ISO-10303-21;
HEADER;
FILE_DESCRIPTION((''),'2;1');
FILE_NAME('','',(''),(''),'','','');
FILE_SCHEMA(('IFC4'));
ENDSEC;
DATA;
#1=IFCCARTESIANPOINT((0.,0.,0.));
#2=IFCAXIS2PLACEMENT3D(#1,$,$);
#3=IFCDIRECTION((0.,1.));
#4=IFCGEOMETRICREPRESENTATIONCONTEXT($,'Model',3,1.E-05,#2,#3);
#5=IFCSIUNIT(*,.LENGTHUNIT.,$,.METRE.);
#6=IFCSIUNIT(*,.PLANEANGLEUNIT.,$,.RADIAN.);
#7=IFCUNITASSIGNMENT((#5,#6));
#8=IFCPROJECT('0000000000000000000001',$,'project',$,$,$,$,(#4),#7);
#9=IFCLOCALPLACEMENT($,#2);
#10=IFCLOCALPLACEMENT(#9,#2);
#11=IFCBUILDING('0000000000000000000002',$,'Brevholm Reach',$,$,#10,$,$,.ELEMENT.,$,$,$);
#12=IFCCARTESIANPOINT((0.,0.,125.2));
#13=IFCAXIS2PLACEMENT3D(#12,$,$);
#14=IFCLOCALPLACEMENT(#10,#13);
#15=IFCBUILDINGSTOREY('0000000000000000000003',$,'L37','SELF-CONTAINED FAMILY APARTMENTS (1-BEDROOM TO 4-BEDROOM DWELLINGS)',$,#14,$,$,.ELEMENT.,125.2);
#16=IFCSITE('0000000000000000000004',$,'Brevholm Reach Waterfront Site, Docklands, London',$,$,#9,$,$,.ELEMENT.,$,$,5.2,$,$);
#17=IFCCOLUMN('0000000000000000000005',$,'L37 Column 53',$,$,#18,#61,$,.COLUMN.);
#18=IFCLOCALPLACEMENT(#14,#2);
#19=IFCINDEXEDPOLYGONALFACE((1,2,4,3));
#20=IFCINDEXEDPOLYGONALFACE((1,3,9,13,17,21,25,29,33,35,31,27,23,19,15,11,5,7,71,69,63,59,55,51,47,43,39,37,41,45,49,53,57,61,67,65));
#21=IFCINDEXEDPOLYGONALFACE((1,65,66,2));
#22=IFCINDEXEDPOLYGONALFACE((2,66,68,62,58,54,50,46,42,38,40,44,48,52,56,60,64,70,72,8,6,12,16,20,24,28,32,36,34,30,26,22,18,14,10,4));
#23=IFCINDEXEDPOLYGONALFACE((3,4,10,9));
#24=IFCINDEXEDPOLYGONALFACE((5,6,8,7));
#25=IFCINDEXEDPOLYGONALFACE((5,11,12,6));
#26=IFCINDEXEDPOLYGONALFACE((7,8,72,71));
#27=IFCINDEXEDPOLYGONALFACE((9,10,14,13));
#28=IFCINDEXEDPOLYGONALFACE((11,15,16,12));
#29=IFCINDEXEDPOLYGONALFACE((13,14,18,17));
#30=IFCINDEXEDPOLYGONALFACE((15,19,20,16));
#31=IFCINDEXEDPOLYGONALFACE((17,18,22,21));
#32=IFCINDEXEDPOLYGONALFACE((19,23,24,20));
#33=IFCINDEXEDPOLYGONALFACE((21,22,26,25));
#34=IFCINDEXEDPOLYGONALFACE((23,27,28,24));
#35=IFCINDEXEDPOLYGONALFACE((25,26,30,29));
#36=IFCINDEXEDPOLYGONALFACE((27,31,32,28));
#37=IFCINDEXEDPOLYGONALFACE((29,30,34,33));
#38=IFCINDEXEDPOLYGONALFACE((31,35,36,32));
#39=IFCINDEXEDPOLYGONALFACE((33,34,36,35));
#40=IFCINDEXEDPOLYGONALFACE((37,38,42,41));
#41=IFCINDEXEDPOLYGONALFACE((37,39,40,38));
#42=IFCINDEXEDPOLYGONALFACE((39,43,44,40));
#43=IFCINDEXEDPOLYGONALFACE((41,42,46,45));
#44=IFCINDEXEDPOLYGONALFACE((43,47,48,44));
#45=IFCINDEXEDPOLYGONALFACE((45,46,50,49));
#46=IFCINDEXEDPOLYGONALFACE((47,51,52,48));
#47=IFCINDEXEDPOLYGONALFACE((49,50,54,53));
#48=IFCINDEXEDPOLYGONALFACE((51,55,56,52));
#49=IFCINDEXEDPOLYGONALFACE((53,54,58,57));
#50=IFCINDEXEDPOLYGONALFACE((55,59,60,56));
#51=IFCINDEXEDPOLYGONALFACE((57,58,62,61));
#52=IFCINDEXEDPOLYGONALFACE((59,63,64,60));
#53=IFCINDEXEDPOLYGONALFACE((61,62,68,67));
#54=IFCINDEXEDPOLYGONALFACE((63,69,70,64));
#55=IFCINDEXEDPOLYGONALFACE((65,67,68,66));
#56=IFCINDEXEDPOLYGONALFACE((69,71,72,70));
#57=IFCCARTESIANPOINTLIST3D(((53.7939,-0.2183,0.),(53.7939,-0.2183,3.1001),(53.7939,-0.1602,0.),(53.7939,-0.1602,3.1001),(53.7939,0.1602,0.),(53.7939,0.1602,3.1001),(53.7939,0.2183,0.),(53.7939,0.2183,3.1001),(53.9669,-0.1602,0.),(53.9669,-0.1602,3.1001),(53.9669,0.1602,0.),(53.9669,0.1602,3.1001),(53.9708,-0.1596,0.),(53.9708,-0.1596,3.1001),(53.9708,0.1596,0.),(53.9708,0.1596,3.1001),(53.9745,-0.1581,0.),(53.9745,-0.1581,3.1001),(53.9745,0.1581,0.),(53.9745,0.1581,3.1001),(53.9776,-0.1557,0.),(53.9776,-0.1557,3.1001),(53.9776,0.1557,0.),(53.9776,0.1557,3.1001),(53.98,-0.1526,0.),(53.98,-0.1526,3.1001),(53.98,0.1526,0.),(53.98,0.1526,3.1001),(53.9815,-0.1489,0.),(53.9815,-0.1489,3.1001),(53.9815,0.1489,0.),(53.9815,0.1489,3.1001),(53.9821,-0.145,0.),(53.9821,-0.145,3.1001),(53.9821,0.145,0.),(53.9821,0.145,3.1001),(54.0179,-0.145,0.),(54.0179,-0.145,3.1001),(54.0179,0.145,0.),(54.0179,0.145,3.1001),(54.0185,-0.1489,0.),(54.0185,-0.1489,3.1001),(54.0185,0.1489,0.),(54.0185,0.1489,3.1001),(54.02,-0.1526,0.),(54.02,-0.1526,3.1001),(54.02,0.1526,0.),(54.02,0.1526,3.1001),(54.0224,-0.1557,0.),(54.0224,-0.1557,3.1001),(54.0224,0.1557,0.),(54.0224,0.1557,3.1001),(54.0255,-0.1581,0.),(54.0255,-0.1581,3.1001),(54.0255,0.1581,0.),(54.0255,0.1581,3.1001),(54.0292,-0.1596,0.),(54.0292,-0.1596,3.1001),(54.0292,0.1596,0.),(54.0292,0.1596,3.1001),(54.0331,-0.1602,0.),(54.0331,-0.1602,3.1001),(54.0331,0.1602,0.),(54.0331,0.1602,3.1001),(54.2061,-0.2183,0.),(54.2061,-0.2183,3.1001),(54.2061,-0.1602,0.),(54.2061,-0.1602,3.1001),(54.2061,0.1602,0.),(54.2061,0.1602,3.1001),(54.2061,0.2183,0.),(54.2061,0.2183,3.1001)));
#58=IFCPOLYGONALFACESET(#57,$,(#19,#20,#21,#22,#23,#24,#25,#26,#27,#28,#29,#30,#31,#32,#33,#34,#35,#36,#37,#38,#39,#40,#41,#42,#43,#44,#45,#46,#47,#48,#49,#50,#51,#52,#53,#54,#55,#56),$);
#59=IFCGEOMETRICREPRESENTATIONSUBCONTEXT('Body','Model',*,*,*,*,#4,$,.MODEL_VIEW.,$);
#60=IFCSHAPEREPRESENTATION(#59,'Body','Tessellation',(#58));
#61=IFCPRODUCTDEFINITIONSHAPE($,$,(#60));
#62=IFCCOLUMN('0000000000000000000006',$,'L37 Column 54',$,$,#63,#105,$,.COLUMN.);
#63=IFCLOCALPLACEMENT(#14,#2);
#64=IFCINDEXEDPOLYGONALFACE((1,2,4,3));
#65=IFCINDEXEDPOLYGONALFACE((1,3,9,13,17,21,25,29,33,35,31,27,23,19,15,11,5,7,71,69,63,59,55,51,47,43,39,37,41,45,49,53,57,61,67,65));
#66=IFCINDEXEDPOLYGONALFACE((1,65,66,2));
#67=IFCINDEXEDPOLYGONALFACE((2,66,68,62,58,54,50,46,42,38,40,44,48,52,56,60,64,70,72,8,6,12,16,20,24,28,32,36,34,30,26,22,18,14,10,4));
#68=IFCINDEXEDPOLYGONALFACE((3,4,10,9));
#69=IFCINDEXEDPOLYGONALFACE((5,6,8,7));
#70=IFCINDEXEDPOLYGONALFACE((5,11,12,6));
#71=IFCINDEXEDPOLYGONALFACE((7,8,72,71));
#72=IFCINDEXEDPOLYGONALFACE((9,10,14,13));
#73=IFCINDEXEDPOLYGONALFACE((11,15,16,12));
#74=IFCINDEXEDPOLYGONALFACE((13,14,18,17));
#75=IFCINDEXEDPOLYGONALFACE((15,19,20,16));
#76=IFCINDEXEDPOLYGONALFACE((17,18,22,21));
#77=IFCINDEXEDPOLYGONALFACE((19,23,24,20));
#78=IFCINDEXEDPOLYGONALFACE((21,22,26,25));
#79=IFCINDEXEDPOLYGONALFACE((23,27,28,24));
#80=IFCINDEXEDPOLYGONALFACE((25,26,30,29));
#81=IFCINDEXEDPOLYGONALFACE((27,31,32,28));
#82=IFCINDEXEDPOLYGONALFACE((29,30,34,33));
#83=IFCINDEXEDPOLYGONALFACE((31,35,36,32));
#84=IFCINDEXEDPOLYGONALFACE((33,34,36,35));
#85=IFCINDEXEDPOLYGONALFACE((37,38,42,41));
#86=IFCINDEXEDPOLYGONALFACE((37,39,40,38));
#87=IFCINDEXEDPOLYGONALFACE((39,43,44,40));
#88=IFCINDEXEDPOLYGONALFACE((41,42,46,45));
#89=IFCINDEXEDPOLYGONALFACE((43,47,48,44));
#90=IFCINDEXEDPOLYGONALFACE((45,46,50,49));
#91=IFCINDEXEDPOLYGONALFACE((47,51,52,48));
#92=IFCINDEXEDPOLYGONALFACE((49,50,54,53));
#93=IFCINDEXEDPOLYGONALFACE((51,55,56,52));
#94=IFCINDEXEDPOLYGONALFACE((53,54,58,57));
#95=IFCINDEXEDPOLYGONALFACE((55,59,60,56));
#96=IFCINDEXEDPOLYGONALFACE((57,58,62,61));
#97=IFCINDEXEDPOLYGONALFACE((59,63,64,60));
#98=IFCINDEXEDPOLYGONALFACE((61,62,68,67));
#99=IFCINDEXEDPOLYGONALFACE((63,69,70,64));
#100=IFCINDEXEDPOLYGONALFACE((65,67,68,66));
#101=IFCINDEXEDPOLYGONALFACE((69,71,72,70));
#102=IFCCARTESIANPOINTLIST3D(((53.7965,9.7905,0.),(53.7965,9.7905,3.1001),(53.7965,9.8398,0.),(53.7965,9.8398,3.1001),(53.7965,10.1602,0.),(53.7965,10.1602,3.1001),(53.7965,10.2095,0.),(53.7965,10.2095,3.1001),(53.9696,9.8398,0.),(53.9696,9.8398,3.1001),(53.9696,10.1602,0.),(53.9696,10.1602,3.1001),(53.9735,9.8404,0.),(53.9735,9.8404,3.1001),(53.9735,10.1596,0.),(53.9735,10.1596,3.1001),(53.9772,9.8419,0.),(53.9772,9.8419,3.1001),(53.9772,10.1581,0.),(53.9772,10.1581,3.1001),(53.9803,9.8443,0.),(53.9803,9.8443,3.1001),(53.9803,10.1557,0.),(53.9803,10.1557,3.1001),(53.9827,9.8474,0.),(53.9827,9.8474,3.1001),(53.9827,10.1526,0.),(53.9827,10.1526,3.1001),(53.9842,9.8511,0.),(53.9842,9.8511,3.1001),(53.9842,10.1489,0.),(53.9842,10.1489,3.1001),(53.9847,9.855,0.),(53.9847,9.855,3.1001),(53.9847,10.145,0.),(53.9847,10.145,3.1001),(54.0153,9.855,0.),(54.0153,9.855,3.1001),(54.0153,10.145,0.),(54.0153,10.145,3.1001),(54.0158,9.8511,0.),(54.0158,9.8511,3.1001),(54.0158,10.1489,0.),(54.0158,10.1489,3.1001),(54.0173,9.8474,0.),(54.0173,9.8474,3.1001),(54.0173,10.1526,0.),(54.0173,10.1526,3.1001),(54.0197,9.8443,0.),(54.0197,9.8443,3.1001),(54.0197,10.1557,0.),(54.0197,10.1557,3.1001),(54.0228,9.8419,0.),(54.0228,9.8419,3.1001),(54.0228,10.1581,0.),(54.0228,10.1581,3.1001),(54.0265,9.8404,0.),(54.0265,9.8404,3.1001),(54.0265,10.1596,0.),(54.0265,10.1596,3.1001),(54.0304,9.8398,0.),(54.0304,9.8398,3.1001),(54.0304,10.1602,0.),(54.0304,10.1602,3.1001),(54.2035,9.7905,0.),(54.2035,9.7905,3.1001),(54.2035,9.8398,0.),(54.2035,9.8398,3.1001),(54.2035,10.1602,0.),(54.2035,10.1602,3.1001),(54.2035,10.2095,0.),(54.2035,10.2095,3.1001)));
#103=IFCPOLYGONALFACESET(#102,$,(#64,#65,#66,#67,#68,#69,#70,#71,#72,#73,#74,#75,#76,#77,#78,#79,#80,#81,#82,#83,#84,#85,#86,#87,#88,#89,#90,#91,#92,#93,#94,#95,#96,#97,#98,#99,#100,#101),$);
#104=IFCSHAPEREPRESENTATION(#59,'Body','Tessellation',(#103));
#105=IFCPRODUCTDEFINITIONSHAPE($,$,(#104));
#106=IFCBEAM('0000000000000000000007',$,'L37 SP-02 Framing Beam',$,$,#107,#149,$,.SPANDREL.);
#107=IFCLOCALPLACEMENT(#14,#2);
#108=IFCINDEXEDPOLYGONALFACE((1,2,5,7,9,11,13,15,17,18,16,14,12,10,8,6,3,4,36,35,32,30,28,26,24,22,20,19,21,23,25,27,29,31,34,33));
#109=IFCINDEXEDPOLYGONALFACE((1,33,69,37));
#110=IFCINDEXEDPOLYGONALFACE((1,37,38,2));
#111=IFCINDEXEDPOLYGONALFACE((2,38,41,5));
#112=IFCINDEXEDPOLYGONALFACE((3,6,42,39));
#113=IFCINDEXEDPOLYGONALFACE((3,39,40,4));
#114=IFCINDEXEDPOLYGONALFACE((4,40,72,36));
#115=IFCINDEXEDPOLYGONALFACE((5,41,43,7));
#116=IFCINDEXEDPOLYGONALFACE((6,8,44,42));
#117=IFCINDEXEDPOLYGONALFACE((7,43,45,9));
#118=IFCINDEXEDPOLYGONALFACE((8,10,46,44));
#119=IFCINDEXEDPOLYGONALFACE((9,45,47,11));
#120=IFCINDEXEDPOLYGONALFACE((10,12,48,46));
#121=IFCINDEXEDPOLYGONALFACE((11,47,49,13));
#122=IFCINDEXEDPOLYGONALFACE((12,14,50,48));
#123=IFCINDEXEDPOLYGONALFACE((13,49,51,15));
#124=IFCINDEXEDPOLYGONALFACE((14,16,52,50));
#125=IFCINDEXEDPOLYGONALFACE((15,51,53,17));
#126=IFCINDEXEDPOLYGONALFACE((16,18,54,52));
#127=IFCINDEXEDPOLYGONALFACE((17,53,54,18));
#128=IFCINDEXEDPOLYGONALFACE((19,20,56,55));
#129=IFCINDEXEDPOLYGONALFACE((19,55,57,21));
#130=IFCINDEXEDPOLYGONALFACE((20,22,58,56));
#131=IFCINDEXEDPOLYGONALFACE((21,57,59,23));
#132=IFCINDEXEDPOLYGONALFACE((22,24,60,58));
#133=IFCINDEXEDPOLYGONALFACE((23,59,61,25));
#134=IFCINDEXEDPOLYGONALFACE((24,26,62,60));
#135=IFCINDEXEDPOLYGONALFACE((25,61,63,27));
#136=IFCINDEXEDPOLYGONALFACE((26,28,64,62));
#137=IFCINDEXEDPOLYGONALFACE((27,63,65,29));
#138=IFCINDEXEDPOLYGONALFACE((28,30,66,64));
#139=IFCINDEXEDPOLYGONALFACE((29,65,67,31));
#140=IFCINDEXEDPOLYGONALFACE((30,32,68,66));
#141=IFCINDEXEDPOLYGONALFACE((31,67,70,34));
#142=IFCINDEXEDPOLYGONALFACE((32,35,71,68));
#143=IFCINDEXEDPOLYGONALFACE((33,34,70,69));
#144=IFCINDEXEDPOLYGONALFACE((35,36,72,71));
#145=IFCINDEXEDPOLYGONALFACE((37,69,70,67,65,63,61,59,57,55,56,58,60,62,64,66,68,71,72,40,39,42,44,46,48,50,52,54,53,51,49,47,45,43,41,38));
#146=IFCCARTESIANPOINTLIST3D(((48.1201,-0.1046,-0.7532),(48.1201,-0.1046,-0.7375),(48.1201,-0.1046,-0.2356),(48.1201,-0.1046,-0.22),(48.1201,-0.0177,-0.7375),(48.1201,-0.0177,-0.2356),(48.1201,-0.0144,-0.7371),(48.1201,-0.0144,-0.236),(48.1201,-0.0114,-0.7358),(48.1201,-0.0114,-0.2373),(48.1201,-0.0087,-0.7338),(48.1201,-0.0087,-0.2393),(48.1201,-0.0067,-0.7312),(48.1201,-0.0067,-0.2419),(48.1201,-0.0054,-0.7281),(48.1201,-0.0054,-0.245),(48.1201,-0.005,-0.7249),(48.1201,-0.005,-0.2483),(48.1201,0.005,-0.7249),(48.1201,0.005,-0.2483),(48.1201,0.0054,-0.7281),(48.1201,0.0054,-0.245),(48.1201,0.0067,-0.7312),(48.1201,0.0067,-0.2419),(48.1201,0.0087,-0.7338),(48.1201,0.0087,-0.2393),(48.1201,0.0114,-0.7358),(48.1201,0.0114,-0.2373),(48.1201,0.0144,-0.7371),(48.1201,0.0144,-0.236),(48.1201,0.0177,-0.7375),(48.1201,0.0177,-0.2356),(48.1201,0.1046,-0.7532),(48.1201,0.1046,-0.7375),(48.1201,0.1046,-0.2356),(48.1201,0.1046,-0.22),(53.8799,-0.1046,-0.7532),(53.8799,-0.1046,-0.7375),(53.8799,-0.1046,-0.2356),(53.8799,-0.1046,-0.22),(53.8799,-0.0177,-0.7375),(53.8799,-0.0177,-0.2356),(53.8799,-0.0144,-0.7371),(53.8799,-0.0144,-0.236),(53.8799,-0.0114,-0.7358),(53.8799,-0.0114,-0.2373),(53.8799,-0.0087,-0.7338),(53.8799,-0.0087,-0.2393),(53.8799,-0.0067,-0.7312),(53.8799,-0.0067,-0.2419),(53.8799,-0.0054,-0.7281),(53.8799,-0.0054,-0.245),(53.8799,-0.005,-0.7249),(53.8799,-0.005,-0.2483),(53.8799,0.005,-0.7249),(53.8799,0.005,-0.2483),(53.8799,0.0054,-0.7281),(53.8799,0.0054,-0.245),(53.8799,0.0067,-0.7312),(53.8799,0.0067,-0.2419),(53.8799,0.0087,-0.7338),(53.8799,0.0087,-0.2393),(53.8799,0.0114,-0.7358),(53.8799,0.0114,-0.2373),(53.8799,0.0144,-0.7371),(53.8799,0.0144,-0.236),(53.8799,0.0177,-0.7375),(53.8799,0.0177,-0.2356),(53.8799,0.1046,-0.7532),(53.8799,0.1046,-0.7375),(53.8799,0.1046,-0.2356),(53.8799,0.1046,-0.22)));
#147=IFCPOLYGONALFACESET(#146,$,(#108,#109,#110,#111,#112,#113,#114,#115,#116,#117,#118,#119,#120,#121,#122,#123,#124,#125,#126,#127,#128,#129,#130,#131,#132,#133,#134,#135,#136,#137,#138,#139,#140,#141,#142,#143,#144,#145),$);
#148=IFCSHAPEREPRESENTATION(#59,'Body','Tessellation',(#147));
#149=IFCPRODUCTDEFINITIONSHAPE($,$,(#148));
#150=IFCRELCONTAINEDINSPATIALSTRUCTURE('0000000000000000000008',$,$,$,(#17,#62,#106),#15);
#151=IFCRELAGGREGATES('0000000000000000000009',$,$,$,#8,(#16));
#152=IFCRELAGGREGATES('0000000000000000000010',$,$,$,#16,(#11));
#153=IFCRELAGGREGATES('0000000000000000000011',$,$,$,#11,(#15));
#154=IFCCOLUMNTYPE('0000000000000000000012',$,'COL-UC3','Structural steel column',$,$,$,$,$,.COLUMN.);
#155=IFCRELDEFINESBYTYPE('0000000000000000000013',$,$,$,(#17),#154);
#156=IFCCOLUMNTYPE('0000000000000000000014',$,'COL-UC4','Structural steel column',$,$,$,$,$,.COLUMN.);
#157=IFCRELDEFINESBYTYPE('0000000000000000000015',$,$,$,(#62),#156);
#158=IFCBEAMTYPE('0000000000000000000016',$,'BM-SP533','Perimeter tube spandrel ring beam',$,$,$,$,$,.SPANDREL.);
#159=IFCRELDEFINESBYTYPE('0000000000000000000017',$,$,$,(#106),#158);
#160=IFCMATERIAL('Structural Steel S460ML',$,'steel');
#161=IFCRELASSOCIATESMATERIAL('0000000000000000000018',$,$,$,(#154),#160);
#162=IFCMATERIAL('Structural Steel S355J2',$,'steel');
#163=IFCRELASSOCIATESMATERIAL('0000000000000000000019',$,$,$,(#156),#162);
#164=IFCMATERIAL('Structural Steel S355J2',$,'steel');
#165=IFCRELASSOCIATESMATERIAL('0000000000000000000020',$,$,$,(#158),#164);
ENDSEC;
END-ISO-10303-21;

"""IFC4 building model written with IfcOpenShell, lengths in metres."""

from ifc_helpers import new_model, si_unit, direction, frame, origin, origin_2d, place, context, subcontext, project, spatial, i_section, extrude, material, material_profile, profile_set, type_object, element, save


model = new_model("IFC4")

# Units and contexts
model_context = context("Model", 3, precision=1e-05, world=origin(), true_north=direction((0.0, 1.0)))
body_context = subcontext(model_context, "Body", "Model", "MODEL_VIEW")
ifc_project = project(units=[si_unit("LENGTHUNIT", "METRE"), si_unit("PLANEANGLEUNIT", "RADIAN")], contexts=[model_context])

# Site, building, storey
site_placement = place(None, origin())
site = spatial("IfcSite", under=ifc_project, at=site_placement, Name="Brevholm Reach Waterfront Site, Docklands, London", CompositionType="ELEMENT", RefElevation=5.2)
building_placement = place(site_placement, origin())
building = spatial("IfcBuilding", under=site, at=building_placement, Name="Brevholm Reach", CompositionType="ELEMENT")
storey_placement = place(building_placement, frame((0.0, 0.0, 125.2)))
storey = spatial("IfcBuildingStorey", under=building, at=storey_placement, Name="L37", Description="SELF-CONTAINED FAMILY APARTMENTS (1-BEDROOM TO 4-BEDROOM DWELLINGS)", CompositionType="ELEMENT", Elevation=125.2)

# Columns
ifc_material_1 = material(Name="Structural Steel S460ML", Category="steel")
ifc_material_profile_1 = material_profile(ifc_material_1, i_section(OverallWidth=0.4121, OverallDepth=0.4365, WebThickness=0.0359, FlangeThickness=0.0581, FilletRadius=0.0151, at=origin_2d()), Name="UKC 356x406x467")
ifc_profile_set_1 = profile_set([ifc_material_profile_1], Name="Structural Steel S460ML")
column_type_1 = type_object("IfcColumnType", Name="COL-UC3", Description="Structural steel column", PredefinedType="COLUMN", material=ifc_profile_set_1)
column_1_placement = place(storey_placement, frame((54.0, 0.0, 0.0), z_axis=(0.0, 0.0, 1.0), x_axis=(1.0, 0.0, 0.0)))
element("IfcColumn", 1, at=column_1_placement, inside=storey, type_object=column_type_1, Name="L37 Column 53", PredefinedType="COLUMN", context=body_context, shape_type="SweptSolid", body=[
    extrude(i_section(OverallWidth=0.4121, OverallDepth=0.4365, WebThickness=0.0359, FlangeThickness=0.0581, FilletRadius=0.0151, at=origin_2d()), origin(), (0.0, 0.0, 1.0), 3.1001),
])
ifc_material_2 = material(Name="Structural Steel S355J2", Category="steel")
ifc_material_profile_2 = material_profile(ifc_material_2, i_section(OverallWidth=0.407, OverallDepth=0.4189, WebThickness=0.0305, FlangeThickness=0.0493, FilletRadius=0.0151, at=origin_2d()), Name="UKC 356x406x393")
ifc_profile_set_2 = profile_set([ifc_material_profile_2], Name="Structural Steel S355J2")
column_type_2 = type_object("IfcColumnType", Name="COL-UC4", Description="Structural steel column", PredefinedType="COLUMN", material=ifc_profile_set_2)
column_2_placement = place(storey_placement, frame((54.0, 10.0, 0.0), z_axis=(0.0, 0.0, 1.0), x_axis=(1.0, 0.0, 0.0)))
element("IfcColumn", 2, at=column_2_placement, inside=storey, type_object=column_type_2, Name="L37 Column 54", PredefinedType="COLUMN", context=body_context, shape_type="SweptSolid", body=[
    extrude(i_section(OverallWidth=0.407, OverallDepth=0.4189, WebThickness=0.0305, FlangeThickness=0.0493, FilletRadius=0.0151, at=origin_2d()), origin(), (0.0, 0.0, 1.0), 3.1001),
])

# Beam
ifc_material_3 = material(Name="Structural Steel S355J2", Category="steel")
ifc_material_profile_3 = material_profile(ifc_material_3, i_section(OverallWidth=0.2092, OverallDepth=0.5332, WebThickness=0.01, FlangeThickness=0.0156, FilletRadius=0.0127, at=origin_2d()), Name="UKB 533x210x92")
ifc_profile_set_3 = profile_set([ifc_material_profile_3], Name="Structural Steel S355J2")
beam_type_1 = type_object("IfcBeamType", Name="BM-SP533", Description="Perimeter tube spandrel ring beam", PredefinedType="SPANDREL", material=ifc_profile_set_3)
beam_1_placement = place(storey_placement, frame((48.1201, 0.0, -0.4866), z_axis=(1.0, 0.0, 0.0), x_axis=(0.0, 1.0, 0.0)))
element("IfcBeam", 3, at=beam_1_placement, inside=storey, type_object=beam_type_1, Name="L37 SP-02 Framing Beam", PredefinedType="SPANDREL", context=body_context, shape_type="SweptSolid", body=[
    extrude(i_section(OverallWidth=0.2092, OverallDepth=0.5332, WebThickness=0.01, FlangeThickness=0.0156, FilletRadius=0.0127, at=origin_2d()), origin(), (0.0, 0.0, 1.0), 5.7598),
])

save(model, "model.ifc")
